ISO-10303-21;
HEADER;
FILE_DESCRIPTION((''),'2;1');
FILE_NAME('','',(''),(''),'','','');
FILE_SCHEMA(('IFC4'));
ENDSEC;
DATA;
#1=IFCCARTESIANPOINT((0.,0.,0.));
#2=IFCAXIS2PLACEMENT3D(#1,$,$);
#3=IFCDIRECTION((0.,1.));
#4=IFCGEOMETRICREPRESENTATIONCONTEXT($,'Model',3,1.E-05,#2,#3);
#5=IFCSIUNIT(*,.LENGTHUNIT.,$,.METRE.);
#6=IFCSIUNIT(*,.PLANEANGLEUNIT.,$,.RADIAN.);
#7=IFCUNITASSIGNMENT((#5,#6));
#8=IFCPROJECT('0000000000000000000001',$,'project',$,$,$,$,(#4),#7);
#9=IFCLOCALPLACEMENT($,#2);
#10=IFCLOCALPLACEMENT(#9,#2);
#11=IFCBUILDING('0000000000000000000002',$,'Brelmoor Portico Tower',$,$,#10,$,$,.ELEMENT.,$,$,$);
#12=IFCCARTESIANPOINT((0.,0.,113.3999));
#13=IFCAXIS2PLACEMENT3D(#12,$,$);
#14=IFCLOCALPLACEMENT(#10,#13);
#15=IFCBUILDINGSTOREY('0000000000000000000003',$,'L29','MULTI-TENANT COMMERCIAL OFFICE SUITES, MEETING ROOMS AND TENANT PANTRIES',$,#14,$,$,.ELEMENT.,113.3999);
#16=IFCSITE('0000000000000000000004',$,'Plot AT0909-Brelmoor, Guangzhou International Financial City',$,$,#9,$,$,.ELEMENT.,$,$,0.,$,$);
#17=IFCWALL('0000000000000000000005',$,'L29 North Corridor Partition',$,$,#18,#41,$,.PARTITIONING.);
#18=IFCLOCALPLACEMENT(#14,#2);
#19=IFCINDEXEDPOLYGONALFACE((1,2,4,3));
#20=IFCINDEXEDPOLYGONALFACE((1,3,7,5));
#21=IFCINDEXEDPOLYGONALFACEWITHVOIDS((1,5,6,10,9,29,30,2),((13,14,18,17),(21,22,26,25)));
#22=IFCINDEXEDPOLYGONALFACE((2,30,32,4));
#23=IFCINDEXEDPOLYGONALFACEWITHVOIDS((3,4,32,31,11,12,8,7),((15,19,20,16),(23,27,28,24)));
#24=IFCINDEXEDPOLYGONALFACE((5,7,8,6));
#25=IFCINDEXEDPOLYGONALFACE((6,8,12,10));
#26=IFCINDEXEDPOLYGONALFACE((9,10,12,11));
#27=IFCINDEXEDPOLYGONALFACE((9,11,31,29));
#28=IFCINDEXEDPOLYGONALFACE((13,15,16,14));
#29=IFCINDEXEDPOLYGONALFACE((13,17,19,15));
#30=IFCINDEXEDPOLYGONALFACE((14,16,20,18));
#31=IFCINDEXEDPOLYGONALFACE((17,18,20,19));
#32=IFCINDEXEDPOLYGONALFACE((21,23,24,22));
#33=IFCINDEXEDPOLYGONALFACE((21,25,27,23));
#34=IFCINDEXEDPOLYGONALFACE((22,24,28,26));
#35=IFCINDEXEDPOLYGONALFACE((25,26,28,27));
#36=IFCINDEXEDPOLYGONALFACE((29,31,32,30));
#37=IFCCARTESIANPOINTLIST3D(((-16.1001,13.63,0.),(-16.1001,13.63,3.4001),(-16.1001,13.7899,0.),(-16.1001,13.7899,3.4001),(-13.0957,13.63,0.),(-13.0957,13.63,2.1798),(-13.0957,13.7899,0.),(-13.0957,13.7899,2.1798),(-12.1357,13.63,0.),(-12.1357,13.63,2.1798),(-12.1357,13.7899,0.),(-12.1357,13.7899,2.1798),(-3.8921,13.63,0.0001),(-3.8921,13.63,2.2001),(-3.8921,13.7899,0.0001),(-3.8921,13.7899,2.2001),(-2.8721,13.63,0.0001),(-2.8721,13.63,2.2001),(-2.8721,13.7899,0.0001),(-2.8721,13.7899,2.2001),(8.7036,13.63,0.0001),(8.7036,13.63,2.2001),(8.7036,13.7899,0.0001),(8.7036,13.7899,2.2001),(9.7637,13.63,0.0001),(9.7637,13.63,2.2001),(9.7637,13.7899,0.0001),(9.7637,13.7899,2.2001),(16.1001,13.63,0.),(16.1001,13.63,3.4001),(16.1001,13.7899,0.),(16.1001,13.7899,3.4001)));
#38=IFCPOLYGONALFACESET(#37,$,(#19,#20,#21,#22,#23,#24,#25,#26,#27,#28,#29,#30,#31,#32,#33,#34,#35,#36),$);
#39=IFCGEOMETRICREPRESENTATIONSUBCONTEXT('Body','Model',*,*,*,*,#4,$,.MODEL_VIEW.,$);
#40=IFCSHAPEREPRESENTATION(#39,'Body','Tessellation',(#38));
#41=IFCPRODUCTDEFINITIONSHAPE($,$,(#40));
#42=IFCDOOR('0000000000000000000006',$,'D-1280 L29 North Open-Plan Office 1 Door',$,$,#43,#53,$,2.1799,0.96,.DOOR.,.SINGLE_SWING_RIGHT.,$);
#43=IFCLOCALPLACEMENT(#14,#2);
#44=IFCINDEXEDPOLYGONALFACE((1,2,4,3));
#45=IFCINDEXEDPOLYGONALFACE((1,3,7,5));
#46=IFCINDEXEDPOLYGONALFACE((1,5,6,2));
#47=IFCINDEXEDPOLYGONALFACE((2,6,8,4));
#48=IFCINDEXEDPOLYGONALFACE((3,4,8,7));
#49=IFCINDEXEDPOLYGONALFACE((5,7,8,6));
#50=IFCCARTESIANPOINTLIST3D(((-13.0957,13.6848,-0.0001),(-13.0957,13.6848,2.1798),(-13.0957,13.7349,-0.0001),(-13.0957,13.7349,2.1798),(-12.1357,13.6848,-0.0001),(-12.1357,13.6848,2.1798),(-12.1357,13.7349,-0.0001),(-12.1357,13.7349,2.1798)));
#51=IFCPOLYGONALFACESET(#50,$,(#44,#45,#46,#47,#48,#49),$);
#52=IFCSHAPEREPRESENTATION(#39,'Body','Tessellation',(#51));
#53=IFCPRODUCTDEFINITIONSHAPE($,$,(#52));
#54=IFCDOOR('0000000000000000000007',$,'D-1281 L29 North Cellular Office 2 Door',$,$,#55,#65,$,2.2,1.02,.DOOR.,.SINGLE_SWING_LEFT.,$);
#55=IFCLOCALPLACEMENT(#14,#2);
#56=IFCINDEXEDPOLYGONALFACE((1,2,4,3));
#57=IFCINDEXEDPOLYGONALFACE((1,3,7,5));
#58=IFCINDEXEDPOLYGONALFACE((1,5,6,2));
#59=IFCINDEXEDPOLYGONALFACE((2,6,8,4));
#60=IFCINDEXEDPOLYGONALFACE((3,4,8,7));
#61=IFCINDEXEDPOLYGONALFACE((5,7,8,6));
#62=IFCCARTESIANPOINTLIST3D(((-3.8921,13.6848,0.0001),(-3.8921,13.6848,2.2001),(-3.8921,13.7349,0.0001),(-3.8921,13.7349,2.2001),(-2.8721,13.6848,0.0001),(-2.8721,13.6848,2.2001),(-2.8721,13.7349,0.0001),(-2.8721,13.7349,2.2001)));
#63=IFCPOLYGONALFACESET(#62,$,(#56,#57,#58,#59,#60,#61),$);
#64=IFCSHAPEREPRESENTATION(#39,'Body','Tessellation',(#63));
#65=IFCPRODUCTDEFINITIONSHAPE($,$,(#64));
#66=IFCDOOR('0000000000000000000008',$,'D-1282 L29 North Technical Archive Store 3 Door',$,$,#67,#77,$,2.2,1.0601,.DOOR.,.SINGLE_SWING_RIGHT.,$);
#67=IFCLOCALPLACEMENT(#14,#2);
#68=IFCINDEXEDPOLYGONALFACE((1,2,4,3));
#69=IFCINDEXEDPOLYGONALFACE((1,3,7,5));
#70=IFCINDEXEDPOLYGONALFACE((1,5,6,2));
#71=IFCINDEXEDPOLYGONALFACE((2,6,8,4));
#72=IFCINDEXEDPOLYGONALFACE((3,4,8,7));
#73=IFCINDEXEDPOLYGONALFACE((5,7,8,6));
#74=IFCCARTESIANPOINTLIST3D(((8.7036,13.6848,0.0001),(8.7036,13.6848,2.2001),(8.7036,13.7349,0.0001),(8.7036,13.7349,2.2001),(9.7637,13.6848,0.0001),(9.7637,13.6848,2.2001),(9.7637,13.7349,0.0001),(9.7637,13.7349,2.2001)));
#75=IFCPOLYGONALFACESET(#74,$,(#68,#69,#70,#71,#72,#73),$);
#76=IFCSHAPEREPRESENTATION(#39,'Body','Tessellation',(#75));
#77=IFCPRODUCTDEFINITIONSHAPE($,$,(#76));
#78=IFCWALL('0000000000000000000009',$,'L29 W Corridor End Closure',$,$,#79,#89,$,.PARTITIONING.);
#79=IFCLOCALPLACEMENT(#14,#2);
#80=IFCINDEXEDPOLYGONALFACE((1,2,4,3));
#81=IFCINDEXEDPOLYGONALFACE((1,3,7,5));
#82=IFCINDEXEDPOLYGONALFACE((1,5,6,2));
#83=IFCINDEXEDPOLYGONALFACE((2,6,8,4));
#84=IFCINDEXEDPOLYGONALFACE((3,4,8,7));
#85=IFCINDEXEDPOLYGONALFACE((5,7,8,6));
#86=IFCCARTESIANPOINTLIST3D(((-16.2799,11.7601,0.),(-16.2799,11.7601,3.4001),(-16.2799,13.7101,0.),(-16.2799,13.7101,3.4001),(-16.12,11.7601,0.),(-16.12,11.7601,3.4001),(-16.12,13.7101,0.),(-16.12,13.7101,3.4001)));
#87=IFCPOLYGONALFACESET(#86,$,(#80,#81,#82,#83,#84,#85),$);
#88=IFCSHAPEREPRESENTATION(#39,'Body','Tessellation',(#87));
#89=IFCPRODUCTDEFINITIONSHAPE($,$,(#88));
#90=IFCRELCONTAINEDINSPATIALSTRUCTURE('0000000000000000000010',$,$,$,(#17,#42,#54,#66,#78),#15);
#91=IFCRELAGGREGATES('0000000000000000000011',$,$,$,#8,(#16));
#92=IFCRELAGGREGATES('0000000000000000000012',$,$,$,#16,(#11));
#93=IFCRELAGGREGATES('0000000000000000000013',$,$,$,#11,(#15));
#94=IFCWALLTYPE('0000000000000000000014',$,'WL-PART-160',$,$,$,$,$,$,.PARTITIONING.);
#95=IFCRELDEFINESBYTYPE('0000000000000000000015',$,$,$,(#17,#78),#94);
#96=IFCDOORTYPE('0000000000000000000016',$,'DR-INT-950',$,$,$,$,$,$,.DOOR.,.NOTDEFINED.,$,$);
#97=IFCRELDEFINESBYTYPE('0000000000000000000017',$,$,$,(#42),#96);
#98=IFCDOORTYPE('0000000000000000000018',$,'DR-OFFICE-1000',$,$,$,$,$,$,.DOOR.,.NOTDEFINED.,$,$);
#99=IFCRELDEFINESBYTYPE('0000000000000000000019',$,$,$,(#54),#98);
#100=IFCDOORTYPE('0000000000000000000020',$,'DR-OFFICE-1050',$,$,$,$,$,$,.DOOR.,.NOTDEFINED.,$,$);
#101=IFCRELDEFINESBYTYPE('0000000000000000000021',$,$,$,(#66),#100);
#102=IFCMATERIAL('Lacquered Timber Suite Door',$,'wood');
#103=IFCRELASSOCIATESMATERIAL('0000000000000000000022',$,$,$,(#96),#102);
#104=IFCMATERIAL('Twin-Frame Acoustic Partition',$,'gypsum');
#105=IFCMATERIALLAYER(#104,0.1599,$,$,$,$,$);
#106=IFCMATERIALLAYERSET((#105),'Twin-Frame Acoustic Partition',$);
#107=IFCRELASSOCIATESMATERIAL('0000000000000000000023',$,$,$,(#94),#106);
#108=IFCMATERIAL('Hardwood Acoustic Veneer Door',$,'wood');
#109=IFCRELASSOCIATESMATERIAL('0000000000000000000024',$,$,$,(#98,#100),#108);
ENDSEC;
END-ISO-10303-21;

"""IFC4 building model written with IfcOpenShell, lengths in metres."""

from ifc_helpers import new_model, si_unit, direction, frame, frame_2d, origin, place, context, subcontext, project, spatial, rectangle, extrude, material, layer, layer_set, type_object, element, fill, save


model = new_model("IFC4")

# Units and contexts
model_context = context("Model", 3, precision=1e-05, world=origin(), true_north=direction((0.0, 1.0)))
body_context = subcontext(model_context, "Body", "Model", "MODEL_VIEW")
ifc_project = project(units=[si_unit("LENGTHUNIT", "METRE"), si_unit("PLANEANGLEUNIT", "RADIAN")], contexts=[model_context])

# Site, building, storey
site_placement = place(None, origin())
site = spatial("IfcSite", under=ifc_project, at=site_placement, Name="Plot AT0909-Brelmoor, Guangzhou International Financial City", CompositionType="ELEMENT", RefElevation=0.0)
building_placement = place(site_placement, origin())
building = spatial("IfcBuilding", under=site, at=building_placement, Name="Brelmoor Portico Tower", CompositionType="ELEMENT")
storey_placement = place(building_placement, frame((0.0, 0.0, 113.3999)))
storey = spatial("IfcBuildingStorey", under=building, at=storey_placement, Name="L29", Description="MULTI-TENANT COMMERCIAL OFFICE SUITES, MEETING ROOMS AND TENANT PANTRIES", CompositionType="ELEMENT", Elevation=113.3999)

# Shared definitions
ifc_material_1 = material(Name="Lacquered Timber Suite Door", Category="wood")
door_type_1 = type_object("IfcDoorType", Name="DR-INT-950", OperationType="NOTDEFINED", PredefinedType="DOOR", material=ifc_material_1)

# Wall, openings, doors
ifc_material_2 = material(Name="Twin-Frame Acoustic Partition", Category="gypsum")
ifc_layer_1 = layer(ifc_material_2, 0.1599)
ifc_layer_set_1 = layer_set([ifc_layer_1], Name="Twin-Frame Acoustic Partition")
wall_type_1 = type_object("IfcWallType", Name="WL-PART-160", PredefinedType="PARTITIONING", material=ifc_layer_set_1)
wall_1_placement = place(storey_placement, frame((-16.1001, 13.71, 0.0), z_axis=(0.0, 0.0, 1.0), x_axis=(1.0, 0.0, 0.0)))
wall_1 = element("IfcWall", 1, at=wall_1_placement, inside=storey, type_object=wall_type_1, Name="L29 North Corridor Partition", PredefinedType="PARTITIONING", context=body_context, shape_type="SweptSolid", body=[
    extrude(rectangle(XDim=32.2002, YDim=0.1599, at=frame_2d((16.1001, 0.0))), origin(), (0.0, 0.0, 1.0), 3.4001),
])
opening_1_placement = place(wall_1_placement, frame((3.0044, 0.0, 0.0)))
opening_1 = element("IfcOpeningElement", 2, at=opening_1_placement, cuts=wall_1, PredefinedType="OPENING", context=body_context, shape_type="SweptSolid", body=[
    extrude(rectangle(XDim=0.96, YDim=2.1799, at=frame_2d((0.48, 1.0898))), frame((0.0, 0.0898, 0.0), z_axis=(0.0, -1.0, 0.0), x_axis=(1.0, 0.0, 0.0)), (0.0, 0.0, 1.0), 0.1799),
])
opening_2_placement = place(wall_1_placement, frame((12.208, 0.0, 0.0)))
opening_2 = element("IfcOpeningElement", 3, at=opening_2_placement, cuts=wall_1, PredefinedType="OPENING", context=body_context, shape_type="SweptSolid", body=[
    extrude(rectangle(XDim=1.02, YDim=2.2, at=frame_2d((0.51, 1.1001))), frame((0.0, 0.0898, 0.0), z_axis=(0.0, -1.0, 0.0), x_axis=(1.0, 0.0, 0.0)), (0.0, 0.0, 1.0), 0.1799),
])
opening_3_placement = place(wall_1_placement, frame((24.8037, 0.0, 0.0)))
opening_3 = element("IfcOpeningElement", 4, at=opening_3_placement, cuts=wall_1, PredefinedType="OPENING", context=body_context, shape_type="SweptSolid", body=[
    extrude(rectangle(XDim=1.0601, YDim=2.2, at=frame_2d((0.53, 1.1001))), frame((0.0, 0.0898, 0.0), z_axis=(0.0, -1.0, 0.0), x_axis=(1.0, 0.0, 0.0)), (0.0, 0.0, 1.0), 0.1799),
])
door_1_placement = place(opening_1_placement, origin())
door_1 = element("IfcDoor", 5, at=door_1_placement, inside=storey, type_object=door_type_1, Name="D-1280 L29 North Open-Plan Office 1 Door", OperationType="SINGLE_SWING_RIGHT", OverallHeight=2.1799, OverallWidth=0.96, PredefinedType="DOOR", context=body_context, shape_type="SweptSolid", body=[
    extrude(rectangle(XDim=0.96, YDim=2.1799, at=frame_2d((0.48, 1.0898))), frame((0.0, 0.0249, 0.0), z_axis=(0.0, -1.0, 0.0), x_axis=(1.0, 0.0, 0.0)), (0.0, 0.0, 1.0), 0.05),
])
fill(opening_1, door_1)
ifc_material_3 = material(Name="Hardwood Acoustic Veneer Door", Category="wood")
door_type_2 = type_object("IfcDoorType", Name="DR-OFFICE-1000", OperationType="NOTDEFINED", PredefinedType="DOOR", material=ifc_material_3)
door_2_placement = place(opening_2_placement, origin())
door_2 = element("IfcDoor", 6, at=door_2_placement, inside=storey, type_object=door_type_2, Name="D-1281 L29 North Cellular Office 2 Door", OperationType="SINGLE_SWING_LEFT", OverallHeight=2.2, OverallWidth=1.02, PredefinedType="DOOR", context=body_context, shape_type="SweptSolid", body=[
    extrude(rectangle(XDim=1.02, YDim=2.2, at=frame_2d((0.51, 1.1001))), frame((0.0, 0.0249, 0.0), z_axis=(0.0, -1.0, 0.0), x_axis=(1.0, 0.0, 0.0)), (0.0, 0.0, 1.0), 0.05),
])
fill(opening_2, door_2)
door_type_3 = type_object("IfcDoorType", Name="DR-OFFICE-1050", OperationType="NOTDEFINED", PredefinedType="DOOR", material=ifc_material_3)
door_3_placement = place(opening_3_placement, origin())
door_3 = element("IfcDoor", 7, at=door_3_placement, inside=storey, type_object=door_type_3, Name="D-1282 L29 North Technical Archive Store 3 Door", OperationType="SINGLE_SWING_RIGHT", OverallHeight=2.2, OverallWidth=1.0601, PredefinedType="DOOR", context=body_context, shape_type="SweptSolid", body=[
    extrude(rectangle(XDim=1.0601, YDim=2.2, at=frame_2d((0.53, 1.1001))), frame((0.0, 0.0249, 0.0), z_axis=(0.0, -1.0, 0.0), x_axis=(1.0, 0.0, 0.0)), (0.0, 0.0, 1.0), 0.05),
])
fill(opening_3, door_3)

# Wall
wall_2_placement = place(storey_placement, frame((-16.2, 11.76, 0.0), z_axis=(0.0, 0.0, 1.0), x_axis=(0.0, 1.0, 0.0)))
element("IfcWall", 8, at=wall_2_placement, inside=storey, type_object=wall_type_1, Name="L29 W Corridor End Closure", PredefinedType="PARTITIONING", context=body_context, shape_type="SweptSolid", body=[
    extrude(rectangle(XDim=1.95, YDim=0.1599, at=frame_2d((0.9751, 0.0))), origin(), (0.0, 0.0, 1.0), 3.4001),
])

save(model, "model.ifc")
